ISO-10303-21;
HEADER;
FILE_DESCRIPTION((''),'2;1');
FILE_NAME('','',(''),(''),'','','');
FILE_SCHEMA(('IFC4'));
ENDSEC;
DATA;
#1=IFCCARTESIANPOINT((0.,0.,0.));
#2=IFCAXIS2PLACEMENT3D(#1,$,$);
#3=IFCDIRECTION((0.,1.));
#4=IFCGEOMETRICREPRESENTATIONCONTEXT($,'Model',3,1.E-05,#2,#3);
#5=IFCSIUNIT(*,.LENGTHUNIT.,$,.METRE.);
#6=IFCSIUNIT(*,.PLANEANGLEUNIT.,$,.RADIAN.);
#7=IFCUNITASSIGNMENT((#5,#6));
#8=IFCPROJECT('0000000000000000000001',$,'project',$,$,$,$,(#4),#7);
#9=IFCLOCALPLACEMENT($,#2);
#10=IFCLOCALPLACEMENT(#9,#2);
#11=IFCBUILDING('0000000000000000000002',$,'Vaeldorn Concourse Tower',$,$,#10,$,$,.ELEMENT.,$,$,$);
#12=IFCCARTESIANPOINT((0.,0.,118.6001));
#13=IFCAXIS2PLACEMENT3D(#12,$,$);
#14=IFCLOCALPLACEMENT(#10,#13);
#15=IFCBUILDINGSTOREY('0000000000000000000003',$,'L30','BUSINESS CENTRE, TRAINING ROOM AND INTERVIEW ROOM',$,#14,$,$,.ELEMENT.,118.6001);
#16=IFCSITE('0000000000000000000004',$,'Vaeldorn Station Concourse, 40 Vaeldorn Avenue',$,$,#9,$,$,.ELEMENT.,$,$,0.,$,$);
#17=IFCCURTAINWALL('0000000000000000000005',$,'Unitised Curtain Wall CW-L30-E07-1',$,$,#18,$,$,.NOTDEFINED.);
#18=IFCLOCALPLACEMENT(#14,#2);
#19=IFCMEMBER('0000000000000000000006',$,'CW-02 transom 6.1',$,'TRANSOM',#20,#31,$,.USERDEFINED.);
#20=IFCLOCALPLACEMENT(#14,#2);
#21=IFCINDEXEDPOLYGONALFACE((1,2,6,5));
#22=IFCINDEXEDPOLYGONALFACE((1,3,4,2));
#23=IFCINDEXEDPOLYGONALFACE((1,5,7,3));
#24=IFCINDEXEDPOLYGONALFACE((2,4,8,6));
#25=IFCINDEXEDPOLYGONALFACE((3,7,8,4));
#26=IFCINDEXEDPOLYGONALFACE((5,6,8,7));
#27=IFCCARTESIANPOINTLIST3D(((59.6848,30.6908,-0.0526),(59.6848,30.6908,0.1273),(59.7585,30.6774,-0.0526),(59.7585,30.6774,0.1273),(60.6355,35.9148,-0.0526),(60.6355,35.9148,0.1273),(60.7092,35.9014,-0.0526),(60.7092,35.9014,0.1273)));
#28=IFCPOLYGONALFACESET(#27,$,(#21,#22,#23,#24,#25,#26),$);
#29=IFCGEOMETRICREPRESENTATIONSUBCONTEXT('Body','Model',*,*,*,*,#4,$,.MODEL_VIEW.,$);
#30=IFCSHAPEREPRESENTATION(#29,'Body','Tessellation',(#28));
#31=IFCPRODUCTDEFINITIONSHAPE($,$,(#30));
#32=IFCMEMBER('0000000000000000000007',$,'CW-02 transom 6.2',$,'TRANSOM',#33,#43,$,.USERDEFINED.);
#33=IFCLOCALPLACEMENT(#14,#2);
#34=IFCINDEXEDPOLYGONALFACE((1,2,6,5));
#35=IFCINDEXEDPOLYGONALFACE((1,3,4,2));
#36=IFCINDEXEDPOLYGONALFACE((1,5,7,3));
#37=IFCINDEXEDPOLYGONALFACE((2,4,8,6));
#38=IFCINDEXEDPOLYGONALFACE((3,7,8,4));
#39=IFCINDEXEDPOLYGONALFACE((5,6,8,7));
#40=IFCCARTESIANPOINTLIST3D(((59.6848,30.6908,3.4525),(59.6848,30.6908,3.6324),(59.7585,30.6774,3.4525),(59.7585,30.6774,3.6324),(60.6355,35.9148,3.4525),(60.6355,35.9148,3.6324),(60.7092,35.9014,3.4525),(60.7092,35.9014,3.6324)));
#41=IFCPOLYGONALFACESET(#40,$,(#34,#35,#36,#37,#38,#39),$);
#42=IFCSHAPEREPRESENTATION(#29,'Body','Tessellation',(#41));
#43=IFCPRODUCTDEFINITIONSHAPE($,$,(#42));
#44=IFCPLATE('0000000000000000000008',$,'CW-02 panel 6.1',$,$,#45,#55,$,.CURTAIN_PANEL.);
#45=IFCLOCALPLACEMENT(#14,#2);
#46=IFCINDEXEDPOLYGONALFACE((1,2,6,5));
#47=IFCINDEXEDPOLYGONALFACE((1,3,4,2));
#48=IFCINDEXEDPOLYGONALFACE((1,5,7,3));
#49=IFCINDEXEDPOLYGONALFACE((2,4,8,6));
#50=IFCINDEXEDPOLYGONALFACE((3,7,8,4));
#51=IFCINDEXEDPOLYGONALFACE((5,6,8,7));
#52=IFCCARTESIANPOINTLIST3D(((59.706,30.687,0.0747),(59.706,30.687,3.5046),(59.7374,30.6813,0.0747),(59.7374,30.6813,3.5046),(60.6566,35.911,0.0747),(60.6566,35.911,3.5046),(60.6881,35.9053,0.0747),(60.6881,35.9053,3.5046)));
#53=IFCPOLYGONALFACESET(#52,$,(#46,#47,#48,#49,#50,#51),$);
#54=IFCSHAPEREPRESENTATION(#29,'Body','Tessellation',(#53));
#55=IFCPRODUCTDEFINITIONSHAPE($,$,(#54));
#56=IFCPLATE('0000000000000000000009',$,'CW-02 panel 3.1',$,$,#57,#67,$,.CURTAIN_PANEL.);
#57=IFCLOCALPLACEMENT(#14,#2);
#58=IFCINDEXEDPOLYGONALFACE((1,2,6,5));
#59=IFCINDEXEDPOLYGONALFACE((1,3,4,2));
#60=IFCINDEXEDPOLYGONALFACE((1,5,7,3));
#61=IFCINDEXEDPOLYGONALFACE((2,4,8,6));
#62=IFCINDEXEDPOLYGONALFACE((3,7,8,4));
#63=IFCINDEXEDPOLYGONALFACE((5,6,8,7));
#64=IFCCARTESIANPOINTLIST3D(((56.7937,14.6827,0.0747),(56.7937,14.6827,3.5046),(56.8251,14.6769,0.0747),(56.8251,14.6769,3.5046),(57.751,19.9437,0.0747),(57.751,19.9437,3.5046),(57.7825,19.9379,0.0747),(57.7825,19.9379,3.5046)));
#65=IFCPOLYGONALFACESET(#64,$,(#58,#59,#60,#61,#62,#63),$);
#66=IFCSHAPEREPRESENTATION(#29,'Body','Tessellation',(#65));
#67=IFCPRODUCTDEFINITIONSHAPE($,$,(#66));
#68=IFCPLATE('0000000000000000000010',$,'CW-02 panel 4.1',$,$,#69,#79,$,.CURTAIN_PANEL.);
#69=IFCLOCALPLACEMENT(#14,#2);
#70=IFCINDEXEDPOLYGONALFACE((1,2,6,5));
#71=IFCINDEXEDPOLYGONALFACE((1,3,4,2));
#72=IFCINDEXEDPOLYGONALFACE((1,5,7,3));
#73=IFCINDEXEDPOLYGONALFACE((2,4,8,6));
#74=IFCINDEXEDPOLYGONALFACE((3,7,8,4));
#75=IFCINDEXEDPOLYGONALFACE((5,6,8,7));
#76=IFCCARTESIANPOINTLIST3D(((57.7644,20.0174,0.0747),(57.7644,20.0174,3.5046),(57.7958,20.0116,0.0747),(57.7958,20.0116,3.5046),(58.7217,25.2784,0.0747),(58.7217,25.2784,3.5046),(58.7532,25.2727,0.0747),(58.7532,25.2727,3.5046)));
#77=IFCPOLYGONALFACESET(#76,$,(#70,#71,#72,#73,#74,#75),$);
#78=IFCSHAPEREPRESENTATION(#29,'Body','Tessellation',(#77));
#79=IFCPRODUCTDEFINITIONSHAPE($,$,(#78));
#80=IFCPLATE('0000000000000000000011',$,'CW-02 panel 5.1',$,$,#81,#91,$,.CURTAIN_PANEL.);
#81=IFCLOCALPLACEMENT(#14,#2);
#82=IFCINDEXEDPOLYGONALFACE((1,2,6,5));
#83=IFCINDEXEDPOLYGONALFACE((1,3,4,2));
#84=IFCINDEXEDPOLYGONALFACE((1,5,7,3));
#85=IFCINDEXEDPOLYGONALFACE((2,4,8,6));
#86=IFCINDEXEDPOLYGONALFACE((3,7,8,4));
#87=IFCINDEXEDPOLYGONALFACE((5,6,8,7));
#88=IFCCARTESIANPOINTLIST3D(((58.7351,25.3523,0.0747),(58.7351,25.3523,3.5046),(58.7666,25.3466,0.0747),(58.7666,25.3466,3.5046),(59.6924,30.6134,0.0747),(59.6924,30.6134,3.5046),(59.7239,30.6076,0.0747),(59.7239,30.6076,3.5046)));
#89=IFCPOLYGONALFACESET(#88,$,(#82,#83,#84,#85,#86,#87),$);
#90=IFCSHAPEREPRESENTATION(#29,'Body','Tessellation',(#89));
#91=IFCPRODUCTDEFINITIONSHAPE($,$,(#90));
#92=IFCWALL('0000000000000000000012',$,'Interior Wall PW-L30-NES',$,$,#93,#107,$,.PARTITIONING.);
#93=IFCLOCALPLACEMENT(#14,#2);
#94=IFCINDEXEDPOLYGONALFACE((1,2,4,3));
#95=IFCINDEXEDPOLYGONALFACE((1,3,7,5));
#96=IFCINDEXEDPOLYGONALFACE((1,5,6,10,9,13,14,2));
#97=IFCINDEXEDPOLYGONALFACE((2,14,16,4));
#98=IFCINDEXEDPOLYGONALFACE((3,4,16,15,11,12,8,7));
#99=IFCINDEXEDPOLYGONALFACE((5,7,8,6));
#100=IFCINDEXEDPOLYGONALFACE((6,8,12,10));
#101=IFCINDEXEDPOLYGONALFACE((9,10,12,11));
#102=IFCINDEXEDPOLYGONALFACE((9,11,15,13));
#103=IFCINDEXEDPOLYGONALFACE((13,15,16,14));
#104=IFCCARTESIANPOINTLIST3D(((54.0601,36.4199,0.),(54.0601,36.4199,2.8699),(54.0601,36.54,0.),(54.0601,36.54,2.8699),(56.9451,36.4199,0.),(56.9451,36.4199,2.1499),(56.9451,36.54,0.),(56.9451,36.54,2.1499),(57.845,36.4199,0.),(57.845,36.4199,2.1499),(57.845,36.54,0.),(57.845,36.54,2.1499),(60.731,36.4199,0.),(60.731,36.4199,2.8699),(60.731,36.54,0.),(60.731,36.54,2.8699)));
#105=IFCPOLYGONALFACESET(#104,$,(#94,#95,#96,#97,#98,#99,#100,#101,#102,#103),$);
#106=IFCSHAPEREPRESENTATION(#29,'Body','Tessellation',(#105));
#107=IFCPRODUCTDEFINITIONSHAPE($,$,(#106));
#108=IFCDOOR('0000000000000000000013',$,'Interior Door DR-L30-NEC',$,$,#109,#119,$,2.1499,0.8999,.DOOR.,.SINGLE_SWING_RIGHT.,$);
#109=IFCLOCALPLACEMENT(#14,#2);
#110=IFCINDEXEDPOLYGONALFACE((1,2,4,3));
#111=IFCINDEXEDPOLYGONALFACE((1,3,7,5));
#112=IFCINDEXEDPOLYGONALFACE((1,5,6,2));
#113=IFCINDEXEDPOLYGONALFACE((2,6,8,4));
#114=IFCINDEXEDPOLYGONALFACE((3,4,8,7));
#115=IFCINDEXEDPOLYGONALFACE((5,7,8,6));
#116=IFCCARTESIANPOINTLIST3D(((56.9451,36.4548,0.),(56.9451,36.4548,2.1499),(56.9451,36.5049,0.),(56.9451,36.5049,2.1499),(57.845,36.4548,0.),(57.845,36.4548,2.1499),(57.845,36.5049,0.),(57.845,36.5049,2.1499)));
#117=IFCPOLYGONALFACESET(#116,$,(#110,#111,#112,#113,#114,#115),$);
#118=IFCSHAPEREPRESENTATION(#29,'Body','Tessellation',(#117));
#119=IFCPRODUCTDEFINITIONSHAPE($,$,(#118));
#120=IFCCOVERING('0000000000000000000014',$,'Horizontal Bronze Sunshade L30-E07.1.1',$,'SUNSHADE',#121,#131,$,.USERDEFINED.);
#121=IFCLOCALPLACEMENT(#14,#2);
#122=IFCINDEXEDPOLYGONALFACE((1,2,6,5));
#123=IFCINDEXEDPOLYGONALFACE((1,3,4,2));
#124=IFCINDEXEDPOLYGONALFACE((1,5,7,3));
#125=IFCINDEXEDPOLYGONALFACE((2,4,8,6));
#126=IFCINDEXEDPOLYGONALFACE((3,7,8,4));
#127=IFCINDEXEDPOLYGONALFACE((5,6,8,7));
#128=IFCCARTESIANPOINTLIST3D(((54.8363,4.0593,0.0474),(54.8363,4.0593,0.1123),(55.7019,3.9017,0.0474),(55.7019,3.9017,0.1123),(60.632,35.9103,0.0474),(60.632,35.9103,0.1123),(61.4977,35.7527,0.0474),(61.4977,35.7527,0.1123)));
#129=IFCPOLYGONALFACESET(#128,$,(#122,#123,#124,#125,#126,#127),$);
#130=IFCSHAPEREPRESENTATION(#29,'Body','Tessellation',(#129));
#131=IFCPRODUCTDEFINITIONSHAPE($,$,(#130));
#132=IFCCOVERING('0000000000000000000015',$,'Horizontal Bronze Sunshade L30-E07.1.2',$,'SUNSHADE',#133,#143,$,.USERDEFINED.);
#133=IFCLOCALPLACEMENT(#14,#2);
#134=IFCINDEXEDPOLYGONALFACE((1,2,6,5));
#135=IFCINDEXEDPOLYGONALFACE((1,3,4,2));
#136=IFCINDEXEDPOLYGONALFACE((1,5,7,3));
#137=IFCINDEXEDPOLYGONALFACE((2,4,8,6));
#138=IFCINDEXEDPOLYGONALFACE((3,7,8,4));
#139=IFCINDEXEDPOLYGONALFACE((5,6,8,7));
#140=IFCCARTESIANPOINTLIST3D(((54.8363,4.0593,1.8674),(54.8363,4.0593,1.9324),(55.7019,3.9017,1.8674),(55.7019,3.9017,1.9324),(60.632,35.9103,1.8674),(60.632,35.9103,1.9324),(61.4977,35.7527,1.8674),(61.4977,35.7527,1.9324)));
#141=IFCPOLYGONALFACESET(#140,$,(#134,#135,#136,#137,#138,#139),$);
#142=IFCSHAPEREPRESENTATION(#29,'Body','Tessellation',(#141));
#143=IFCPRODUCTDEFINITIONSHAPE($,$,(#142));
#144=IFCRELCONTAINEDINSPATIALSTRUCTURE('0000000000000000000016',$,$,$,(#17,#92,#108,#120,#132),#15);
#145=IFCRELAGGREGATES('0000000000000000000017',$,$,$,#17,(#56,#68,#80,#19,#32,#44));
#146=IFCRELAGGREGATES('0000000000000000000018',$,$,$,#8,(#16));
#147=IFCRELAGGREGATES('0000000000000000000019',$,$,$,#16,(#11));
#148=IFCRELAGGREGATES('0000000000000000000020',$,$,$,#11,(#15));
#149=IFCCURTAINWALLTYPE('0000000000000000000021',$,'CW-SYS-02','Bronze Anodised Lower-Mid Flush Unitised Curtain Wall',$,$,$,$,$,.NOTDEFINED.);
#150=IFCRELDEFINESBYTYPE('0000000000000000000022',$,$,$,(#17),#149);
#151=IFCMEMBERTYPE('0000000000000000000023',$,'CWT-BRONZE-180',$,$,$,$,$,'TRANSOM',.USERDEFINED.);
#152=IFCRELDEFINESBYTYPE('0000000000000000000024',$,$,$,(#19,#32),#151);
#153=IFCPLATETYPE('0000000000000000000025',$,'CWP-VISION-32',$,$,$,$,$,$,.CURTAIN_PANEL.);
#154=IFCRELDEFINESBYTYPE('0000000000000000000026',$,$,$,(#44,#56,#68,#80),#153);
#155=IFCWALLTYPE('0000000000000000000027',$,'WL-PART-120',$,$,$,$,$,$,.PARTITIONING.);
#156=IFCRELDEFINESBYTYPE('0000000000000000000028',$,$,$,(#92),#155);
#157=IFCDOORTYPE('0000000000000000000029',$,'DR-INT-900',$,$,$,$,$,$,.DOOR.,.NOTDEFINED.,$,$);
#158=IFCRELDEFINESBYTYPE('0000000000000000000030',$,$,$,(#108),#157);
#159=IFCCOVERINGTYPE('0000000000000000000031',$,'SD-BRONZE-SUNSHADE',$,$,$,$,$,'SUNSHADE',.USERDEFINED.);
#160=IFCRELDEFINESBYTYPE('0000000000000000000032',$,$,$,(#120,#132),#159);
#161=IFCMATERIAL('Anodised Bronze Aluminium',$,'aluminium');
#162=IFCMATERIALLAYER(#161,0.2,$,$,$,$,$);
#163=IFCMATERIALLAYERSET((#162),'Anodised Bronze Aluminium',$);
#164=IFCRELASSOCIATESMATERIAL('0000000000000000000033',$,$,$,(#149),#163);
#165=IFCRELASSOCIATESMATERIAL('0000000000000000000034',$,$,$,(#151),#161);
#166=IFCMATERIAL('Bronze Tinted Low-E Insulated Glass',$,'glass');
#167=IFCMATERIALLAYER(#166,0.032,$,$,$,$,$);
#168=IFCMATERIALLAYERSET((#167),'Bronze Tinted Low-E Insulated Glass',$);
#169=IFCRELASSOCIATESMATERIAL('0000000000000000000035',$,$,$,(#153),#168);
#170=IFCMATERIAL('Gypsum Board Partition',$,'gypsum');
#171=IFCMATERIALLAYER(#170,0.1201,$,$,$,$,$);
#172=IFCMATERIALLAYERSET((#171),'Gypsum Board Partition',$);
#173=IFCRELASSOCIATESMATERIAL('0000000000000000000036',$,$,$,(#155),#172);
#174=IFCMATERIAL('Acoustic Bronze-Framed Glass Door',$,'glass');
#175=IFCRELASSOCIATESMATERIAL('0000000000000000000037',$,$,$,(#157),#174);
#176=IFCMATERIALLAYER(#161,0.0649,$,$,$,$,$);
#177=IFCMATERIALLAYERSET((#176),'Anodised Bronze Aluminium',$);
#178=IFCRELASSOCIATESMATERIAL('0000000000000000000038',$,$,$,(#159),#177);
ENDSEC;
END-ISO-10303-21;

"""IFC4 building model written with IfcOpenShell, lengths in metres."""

from ifc_helpers import new_model, si_unit, direction, frame, frame_2d, origin, origin_2d, place, context, subcontext, project, spatial, rectangle, extrude, source, transform, mapped, material, layer, layer_set, material_profile, profile_set, type_object, element, fill, aggregate, save


model = new_model("IFC4")

# Units and contexts
model_context = context("Model", 3, precision=1e-05, world=origin(), true_north=direction((0.0, 1.0)))
body_context = subcontext(model_context, "Body", "Model", "MODEL_VIEW")
ifc_project = project(units=[si_unit("LENGTHUNIT", "METRE"), si_unit("PLANEANGLEUNIT", "RADIAN")], contexts=[model_context])

# Site, building, storey
site_placement = place(None, origin())
site = spatial("IfcSite", under=ifc_project, at=site_placement, Name="Vaeldorn Station Concourse, 40 Vaeldorn Avenue", CompositionType="ELEMENT", RefElevation=0.0)
building_placement = place(site_placement, origin())
building = spatial("IfcBuilding", under=site, at=building_placement, Name="Vaeldorn Concourse Tower", CompositionType="ELEMENT")
storey_placement = place(building_placement, frame((0.0, 0.0, 118.6001)))
storey = spatial("IfcBuildingStorey", under=building, at=storey_placement, Name="L30", Description="BUSINESS CENTRE, TRAINING ROOM AND INTERVIEW ROOM", CompositionType="ELEMENT", Elevation=118.6001)

# Curtain wall, members, plates
ifc_material_1 = material(Name="Anodised Bronze Aluminium", Category="aluminium")
ifc_layer_1 = layer(ifc_material_1, 0.2)
ifc_layer_set_1 = layer_set([ifc_layer_1], Name="Anodised Bronze Aluminium")
curtain_wall_type = type_object("IfcCurtainWallType", Name="CW-SYS-02", Description="Bronze Anodised Lower-Mid Flush Unitised Curtain Wall", PredefinedType="NOTDEFINED", material=ifc_layer_set_1)
curtain_wall_placement = place(storey_placement, origin())
curtain_wall = element("IfcCurtainWall", 1, at=curtain_wall_placement, inside=storey, type_object=curtain_wall_type, Name="Unitised Curtain Wall CW-L30-E07-1", PredefinedType="NOTDEFINED")
ifc_material_profile_1 = material_profile(ifc_material_1, rectangle(XDim=0.075, YDim=0.1799, at=origin_2d()), Name="CWT 75x180")
ifc_profile_set_1 = profile_set([ifc_material_profile_1], Name="Anodised Bronze Aluminium")
member_type_1 = type_object("IfcMemberType", Name="CWT-BRONZE-180", ElementType="TRANSOM", PredefinedType="USERDEFINED", material=ifc_profile_set_1)
shared_shape_1 = source(origin(), body_context, "Body", "SweptSolid", [
    extrude(rectangle(XDim=0.075, YDim=0.1799, at=origin_2d()), origin(), (0.0, 0.0, 1.0), 5.3098),
])
member_1_placement = place(storey_placement, frame((59.7217, 30.6841, 0.0374), z_axis=(0.179039, 0.983842, 0.0), x_axis=(-0.983842, 0.179039, 0.0)))
member_1 = element("IfcMember", 2, at=member_1_placement, type_object=member_type_1, Name="CW-02 transom 6.1", ObjectType="TRANSOM", PredefinedType="USERDEFINED", context=body_context, shape_type="MappedRepresentation", body=[
    mapped(shared_shape_1, transform((0.0, 0.0, 0.0), scale=1.0)),
])
member_2_placement = place(storey_placement, frame((59.7217, 30.6841, 3.5425), z_axis=(0.179039, 0.983842, 0.0), x_axis=(-0.983842, 0.179039, 0.0)))
member_2 = element("IfcMember", 3, at=member_2_placement, type_object=member_type_1, Name="CW-02 transom 6.2", ObjectType="TRANSOM", PredefinedType="USERDEFINED", context=body_context, shape_type="MappedRepresentation", body=[
    mapped(shared_shape_1, transform((0.0, 0.0, 0.0), scale=1.0)),
])
ifc_material_2 = material(Name="Bronze Tinted Low-E Insulated Glass", Category="glass")
ifc_layer_2 = layer(ifc_material_2, 0.032)
ifc_layer_set_2 = layer_set([ifc_layer_2], Name="Bronze Tinted Low-E Insulated Glass")
plate_type = type_object("IfcPlateType", Name="CWP-VISION-32", PredefinedType="CURTAIN_PANEL", material=ifc_layer_set_2)
shared_shape_2 = source(origin(), body_context, "Body", "SweptSolid", [
    extrude(rectangle(XDim=5.3098, YDim=0.032, at=origin_2d()), origin(), (0.0, 0.0, 1.0), 3.4299),
])
plate_1_placement = place(storey_placement, frame((60.197, 33.2961, 0.0747), z_axis=(0.0, 0.0, 1.0), x_axis=(0.17903, 0.983844, 0.0)))
plate_1 = element("IfcPlate", 4, at=plate_1_placement, type_object=plate_type, Name="CW-02 panel 6.1", PredefinedType="CURTAIN_PANEL", context=body_context, shape_type="MappedRepresentation", body=[
    mapped(shared_shape_2, transform((0.0, 0.0, 0.0), scale=1.0)),
])
shared_shape_3 = source(origin(), body_context, "Body", "SweptSolid", [
    extrude(rectangle(XDim=5.3474, YDim=0.032, at=origin_2d()), origin(), (0.0, 0.0, 1.0), 3.4299),
])
plate_2_placement = place(storey_placement, frame((57.2881, 17.3103, 0.0747), z_axis=(0.0, 0.0, 1.0), x_axis=(0.17903, 0.983844, 0.0)))
plate_2 = element("IfcPlate", 5, at=plate_2_placement, type_object=plate_type, Name="CW-02 panel 3.1", PredefinedType="CURTAIN_PANEL", context=body_context, shape_type="MappedRepresentation", body=[
    mapped(shared_shape_3, transform((0.0, 0.0, 0.0), scale=1.0)),
])
plate_3_placement = place(storey_placement, frame((58.2588, 22.645, 0.0747), z_axis=(0.0, 0.0, 1.0), x_axis=(0.17903, 0.983844, 0.0)))
plate_3 = element("IfcPlate", 6, at=plate_3_placement, type_object=plate_type, Name="CW-02 panel 4.1", PredefinedType="CURTAIN_PANEL", context=body_context, shape_type="MappedRepresentation", body=[
    mapped(shared_shape_3, transform((0.0, 0.0, 0.0), scale=1.0)),
])
plate_4_placement = place(storey_placement, frame((59.2295, 27.98, 0.0747), z_axis=(0.0, 0.0, 1.0), x_axis=(0.17903, 0.983844, 0.0)))
plate_4 = element("IfcPlate", 7, at=plate_4_placement, type_object=plate_type, Name="CW-02 panel 5.1", PredefinedType="CURTAIN_PANEL", context=body_context, shape_type="MappedRepresentation", body=[
    mapped(shared_shape_3, transform((0.0, 0.0, 0.0), scale=1.0)),
])
aggregate(curtain_wall, [plate_2, plate_3, plate_4, member_1, member_2, plate_1])

# Wall, opening, door
ifc_material_3 = material(Name="Gypsum Board Partition", Category="gypsum")
ifc_layer_3 = layer(ifc_material_3, 0.1201)
ifc_layer_set_3 = layer_set([ifc_layer_3], Name="Gypsum Board Partition")
wall_type = type_object("IfcWallType", Name="WL-PART-120", PredefinedType="PARTITIONING", material=ifc_layer_set_3)
wall_placement = place(storey_placement, frame((54.0601, 36.48, 0.0), z_axis=(0.0, 0.0, 1.0), x_axis=(1.0, 0.0, 0.0)))
wall = element("IfcWall", 8, at=wall_placement, inside=storey, type_object=wall_type, Name="Interior Wall PW-L30-NES", PredefinedType="PARTITIONING", context=body_context, shape_type="SweptSolid", body=[
    extrude(rectangle(XDim=6.6709, YDim=0.1201, at=frame_2d((3.3354, 0.0))), origin(), (0.0, 0.0, 1.0), 2.8699),
])
opening_placement = place(wall_placement, frame((2.885, 0.0, 0.0)))
opening = element("IfcOpeningElement", 9, at=opening_placement, cuts=wall, PredefinedType="OPENING", context=body_context, shape_type="SweptSolid", body=[
    extrude(rectangle(XDim=0.8999, YDim=2.1499, at=frame_2d((0.45, 1.075))), frame((0.0, 0.0701, 0.0), z_axis=(0.0, -1.0, 0.0), x_axis=(1.0, 0.0, 0.0)), (0.0, 0.0, 1.0), 0.1401),
])
ifc_material_4 = material(Name="Acoustic Bronze-Framed Glass Door", Category="glass")
door_type = type_object("IfcDoorType", Name="DR-INT-900", OperationType="NOTDEFINED", PredefinedType="DOOR", material=ifc_material_4)
shared_shape_4 = source(origin(), body_context, "Body", "SweptSolid", [
    extrude(rectangle(XDim=0.8999, YDim=2.1499, at=frame_2d((0.45, 1.075))), frame((0.0, 0.0249, 0.0), z_axis=(0.0, -1.0, 0.0), x_axis=(1.0, 0.0, 0.0)), (0.0, 0.0, 1.0), 0.05),
])
door_placement = place(opening_placement, origin())
door = element("IfcDoor", 10, at=door_placement, inside=storey, type_object=door_type, Name="Interior Door DR-L30-NEC", OperationType="SINGLE_SWING_RIGHT", OverallHeight=2.1499, OverallWidth=0.8999, PredefinedType="DOOR", context=body_context, shape_type="MappedRepresentation", body=[
    mapped(shared_shape_4, transform((0.0, 0.0, 0.0), scale=1.0)),
])
fill(opening, door)

# Coverings
ifc_layer_4 = layer(ifc_material_1, 0.0649)
ifc_layer_set_4 = layer_set([ifc_layer_4], Name="Anodised Bronze Aluminium")
covering_type = type_object("IfcCoveringType", Name="SD-BRONZE-SUNSHADE", ElementType="SUNSHADE", PredefinedType="USERDEFINED", material=ifc_layer_set_4)
shared_shape_5 = source(origin(), body_context, "Body", "SweptSolid", [
    extrude(rectangle(XDim=32.374, YDim=0.8799, at=origin_2d()), origin(), (0.0, 0.0, 1.0), 0.0649),
])
for number, where, z_axis, x_axis, name in (
    (11, (58.167, 19.906, 0.0474), (0.0, 0.0, 1.0), (0.179025, 0.983844, 0.0), "Horizontal Bronze Sunshade L30-E07.1.1"),
    (12, (58.167, 19.906, 1.8674), (0.0, 0.0, 1.0), (0.179025, 0.983844, 0.0), "Horizontal Bronze Sunshade L30-E07.1.2"),
):
    element("IfcCovering", number, at=place(storey_placement, frame(where, z_axis=z_axis, x_axis=x_axis)), inside=storey, type_object=covering_type, Name=name, ObjectType="SUNSHADE", PredefinedType="USERDEFINED", context=body_context, shape_type="MappedRepresentation", body=[
        mapped(shared_shape_5, transform((0.0, 0.0, 0.0), scale=1.0)),
    ])

save(model, "model.ifc")
